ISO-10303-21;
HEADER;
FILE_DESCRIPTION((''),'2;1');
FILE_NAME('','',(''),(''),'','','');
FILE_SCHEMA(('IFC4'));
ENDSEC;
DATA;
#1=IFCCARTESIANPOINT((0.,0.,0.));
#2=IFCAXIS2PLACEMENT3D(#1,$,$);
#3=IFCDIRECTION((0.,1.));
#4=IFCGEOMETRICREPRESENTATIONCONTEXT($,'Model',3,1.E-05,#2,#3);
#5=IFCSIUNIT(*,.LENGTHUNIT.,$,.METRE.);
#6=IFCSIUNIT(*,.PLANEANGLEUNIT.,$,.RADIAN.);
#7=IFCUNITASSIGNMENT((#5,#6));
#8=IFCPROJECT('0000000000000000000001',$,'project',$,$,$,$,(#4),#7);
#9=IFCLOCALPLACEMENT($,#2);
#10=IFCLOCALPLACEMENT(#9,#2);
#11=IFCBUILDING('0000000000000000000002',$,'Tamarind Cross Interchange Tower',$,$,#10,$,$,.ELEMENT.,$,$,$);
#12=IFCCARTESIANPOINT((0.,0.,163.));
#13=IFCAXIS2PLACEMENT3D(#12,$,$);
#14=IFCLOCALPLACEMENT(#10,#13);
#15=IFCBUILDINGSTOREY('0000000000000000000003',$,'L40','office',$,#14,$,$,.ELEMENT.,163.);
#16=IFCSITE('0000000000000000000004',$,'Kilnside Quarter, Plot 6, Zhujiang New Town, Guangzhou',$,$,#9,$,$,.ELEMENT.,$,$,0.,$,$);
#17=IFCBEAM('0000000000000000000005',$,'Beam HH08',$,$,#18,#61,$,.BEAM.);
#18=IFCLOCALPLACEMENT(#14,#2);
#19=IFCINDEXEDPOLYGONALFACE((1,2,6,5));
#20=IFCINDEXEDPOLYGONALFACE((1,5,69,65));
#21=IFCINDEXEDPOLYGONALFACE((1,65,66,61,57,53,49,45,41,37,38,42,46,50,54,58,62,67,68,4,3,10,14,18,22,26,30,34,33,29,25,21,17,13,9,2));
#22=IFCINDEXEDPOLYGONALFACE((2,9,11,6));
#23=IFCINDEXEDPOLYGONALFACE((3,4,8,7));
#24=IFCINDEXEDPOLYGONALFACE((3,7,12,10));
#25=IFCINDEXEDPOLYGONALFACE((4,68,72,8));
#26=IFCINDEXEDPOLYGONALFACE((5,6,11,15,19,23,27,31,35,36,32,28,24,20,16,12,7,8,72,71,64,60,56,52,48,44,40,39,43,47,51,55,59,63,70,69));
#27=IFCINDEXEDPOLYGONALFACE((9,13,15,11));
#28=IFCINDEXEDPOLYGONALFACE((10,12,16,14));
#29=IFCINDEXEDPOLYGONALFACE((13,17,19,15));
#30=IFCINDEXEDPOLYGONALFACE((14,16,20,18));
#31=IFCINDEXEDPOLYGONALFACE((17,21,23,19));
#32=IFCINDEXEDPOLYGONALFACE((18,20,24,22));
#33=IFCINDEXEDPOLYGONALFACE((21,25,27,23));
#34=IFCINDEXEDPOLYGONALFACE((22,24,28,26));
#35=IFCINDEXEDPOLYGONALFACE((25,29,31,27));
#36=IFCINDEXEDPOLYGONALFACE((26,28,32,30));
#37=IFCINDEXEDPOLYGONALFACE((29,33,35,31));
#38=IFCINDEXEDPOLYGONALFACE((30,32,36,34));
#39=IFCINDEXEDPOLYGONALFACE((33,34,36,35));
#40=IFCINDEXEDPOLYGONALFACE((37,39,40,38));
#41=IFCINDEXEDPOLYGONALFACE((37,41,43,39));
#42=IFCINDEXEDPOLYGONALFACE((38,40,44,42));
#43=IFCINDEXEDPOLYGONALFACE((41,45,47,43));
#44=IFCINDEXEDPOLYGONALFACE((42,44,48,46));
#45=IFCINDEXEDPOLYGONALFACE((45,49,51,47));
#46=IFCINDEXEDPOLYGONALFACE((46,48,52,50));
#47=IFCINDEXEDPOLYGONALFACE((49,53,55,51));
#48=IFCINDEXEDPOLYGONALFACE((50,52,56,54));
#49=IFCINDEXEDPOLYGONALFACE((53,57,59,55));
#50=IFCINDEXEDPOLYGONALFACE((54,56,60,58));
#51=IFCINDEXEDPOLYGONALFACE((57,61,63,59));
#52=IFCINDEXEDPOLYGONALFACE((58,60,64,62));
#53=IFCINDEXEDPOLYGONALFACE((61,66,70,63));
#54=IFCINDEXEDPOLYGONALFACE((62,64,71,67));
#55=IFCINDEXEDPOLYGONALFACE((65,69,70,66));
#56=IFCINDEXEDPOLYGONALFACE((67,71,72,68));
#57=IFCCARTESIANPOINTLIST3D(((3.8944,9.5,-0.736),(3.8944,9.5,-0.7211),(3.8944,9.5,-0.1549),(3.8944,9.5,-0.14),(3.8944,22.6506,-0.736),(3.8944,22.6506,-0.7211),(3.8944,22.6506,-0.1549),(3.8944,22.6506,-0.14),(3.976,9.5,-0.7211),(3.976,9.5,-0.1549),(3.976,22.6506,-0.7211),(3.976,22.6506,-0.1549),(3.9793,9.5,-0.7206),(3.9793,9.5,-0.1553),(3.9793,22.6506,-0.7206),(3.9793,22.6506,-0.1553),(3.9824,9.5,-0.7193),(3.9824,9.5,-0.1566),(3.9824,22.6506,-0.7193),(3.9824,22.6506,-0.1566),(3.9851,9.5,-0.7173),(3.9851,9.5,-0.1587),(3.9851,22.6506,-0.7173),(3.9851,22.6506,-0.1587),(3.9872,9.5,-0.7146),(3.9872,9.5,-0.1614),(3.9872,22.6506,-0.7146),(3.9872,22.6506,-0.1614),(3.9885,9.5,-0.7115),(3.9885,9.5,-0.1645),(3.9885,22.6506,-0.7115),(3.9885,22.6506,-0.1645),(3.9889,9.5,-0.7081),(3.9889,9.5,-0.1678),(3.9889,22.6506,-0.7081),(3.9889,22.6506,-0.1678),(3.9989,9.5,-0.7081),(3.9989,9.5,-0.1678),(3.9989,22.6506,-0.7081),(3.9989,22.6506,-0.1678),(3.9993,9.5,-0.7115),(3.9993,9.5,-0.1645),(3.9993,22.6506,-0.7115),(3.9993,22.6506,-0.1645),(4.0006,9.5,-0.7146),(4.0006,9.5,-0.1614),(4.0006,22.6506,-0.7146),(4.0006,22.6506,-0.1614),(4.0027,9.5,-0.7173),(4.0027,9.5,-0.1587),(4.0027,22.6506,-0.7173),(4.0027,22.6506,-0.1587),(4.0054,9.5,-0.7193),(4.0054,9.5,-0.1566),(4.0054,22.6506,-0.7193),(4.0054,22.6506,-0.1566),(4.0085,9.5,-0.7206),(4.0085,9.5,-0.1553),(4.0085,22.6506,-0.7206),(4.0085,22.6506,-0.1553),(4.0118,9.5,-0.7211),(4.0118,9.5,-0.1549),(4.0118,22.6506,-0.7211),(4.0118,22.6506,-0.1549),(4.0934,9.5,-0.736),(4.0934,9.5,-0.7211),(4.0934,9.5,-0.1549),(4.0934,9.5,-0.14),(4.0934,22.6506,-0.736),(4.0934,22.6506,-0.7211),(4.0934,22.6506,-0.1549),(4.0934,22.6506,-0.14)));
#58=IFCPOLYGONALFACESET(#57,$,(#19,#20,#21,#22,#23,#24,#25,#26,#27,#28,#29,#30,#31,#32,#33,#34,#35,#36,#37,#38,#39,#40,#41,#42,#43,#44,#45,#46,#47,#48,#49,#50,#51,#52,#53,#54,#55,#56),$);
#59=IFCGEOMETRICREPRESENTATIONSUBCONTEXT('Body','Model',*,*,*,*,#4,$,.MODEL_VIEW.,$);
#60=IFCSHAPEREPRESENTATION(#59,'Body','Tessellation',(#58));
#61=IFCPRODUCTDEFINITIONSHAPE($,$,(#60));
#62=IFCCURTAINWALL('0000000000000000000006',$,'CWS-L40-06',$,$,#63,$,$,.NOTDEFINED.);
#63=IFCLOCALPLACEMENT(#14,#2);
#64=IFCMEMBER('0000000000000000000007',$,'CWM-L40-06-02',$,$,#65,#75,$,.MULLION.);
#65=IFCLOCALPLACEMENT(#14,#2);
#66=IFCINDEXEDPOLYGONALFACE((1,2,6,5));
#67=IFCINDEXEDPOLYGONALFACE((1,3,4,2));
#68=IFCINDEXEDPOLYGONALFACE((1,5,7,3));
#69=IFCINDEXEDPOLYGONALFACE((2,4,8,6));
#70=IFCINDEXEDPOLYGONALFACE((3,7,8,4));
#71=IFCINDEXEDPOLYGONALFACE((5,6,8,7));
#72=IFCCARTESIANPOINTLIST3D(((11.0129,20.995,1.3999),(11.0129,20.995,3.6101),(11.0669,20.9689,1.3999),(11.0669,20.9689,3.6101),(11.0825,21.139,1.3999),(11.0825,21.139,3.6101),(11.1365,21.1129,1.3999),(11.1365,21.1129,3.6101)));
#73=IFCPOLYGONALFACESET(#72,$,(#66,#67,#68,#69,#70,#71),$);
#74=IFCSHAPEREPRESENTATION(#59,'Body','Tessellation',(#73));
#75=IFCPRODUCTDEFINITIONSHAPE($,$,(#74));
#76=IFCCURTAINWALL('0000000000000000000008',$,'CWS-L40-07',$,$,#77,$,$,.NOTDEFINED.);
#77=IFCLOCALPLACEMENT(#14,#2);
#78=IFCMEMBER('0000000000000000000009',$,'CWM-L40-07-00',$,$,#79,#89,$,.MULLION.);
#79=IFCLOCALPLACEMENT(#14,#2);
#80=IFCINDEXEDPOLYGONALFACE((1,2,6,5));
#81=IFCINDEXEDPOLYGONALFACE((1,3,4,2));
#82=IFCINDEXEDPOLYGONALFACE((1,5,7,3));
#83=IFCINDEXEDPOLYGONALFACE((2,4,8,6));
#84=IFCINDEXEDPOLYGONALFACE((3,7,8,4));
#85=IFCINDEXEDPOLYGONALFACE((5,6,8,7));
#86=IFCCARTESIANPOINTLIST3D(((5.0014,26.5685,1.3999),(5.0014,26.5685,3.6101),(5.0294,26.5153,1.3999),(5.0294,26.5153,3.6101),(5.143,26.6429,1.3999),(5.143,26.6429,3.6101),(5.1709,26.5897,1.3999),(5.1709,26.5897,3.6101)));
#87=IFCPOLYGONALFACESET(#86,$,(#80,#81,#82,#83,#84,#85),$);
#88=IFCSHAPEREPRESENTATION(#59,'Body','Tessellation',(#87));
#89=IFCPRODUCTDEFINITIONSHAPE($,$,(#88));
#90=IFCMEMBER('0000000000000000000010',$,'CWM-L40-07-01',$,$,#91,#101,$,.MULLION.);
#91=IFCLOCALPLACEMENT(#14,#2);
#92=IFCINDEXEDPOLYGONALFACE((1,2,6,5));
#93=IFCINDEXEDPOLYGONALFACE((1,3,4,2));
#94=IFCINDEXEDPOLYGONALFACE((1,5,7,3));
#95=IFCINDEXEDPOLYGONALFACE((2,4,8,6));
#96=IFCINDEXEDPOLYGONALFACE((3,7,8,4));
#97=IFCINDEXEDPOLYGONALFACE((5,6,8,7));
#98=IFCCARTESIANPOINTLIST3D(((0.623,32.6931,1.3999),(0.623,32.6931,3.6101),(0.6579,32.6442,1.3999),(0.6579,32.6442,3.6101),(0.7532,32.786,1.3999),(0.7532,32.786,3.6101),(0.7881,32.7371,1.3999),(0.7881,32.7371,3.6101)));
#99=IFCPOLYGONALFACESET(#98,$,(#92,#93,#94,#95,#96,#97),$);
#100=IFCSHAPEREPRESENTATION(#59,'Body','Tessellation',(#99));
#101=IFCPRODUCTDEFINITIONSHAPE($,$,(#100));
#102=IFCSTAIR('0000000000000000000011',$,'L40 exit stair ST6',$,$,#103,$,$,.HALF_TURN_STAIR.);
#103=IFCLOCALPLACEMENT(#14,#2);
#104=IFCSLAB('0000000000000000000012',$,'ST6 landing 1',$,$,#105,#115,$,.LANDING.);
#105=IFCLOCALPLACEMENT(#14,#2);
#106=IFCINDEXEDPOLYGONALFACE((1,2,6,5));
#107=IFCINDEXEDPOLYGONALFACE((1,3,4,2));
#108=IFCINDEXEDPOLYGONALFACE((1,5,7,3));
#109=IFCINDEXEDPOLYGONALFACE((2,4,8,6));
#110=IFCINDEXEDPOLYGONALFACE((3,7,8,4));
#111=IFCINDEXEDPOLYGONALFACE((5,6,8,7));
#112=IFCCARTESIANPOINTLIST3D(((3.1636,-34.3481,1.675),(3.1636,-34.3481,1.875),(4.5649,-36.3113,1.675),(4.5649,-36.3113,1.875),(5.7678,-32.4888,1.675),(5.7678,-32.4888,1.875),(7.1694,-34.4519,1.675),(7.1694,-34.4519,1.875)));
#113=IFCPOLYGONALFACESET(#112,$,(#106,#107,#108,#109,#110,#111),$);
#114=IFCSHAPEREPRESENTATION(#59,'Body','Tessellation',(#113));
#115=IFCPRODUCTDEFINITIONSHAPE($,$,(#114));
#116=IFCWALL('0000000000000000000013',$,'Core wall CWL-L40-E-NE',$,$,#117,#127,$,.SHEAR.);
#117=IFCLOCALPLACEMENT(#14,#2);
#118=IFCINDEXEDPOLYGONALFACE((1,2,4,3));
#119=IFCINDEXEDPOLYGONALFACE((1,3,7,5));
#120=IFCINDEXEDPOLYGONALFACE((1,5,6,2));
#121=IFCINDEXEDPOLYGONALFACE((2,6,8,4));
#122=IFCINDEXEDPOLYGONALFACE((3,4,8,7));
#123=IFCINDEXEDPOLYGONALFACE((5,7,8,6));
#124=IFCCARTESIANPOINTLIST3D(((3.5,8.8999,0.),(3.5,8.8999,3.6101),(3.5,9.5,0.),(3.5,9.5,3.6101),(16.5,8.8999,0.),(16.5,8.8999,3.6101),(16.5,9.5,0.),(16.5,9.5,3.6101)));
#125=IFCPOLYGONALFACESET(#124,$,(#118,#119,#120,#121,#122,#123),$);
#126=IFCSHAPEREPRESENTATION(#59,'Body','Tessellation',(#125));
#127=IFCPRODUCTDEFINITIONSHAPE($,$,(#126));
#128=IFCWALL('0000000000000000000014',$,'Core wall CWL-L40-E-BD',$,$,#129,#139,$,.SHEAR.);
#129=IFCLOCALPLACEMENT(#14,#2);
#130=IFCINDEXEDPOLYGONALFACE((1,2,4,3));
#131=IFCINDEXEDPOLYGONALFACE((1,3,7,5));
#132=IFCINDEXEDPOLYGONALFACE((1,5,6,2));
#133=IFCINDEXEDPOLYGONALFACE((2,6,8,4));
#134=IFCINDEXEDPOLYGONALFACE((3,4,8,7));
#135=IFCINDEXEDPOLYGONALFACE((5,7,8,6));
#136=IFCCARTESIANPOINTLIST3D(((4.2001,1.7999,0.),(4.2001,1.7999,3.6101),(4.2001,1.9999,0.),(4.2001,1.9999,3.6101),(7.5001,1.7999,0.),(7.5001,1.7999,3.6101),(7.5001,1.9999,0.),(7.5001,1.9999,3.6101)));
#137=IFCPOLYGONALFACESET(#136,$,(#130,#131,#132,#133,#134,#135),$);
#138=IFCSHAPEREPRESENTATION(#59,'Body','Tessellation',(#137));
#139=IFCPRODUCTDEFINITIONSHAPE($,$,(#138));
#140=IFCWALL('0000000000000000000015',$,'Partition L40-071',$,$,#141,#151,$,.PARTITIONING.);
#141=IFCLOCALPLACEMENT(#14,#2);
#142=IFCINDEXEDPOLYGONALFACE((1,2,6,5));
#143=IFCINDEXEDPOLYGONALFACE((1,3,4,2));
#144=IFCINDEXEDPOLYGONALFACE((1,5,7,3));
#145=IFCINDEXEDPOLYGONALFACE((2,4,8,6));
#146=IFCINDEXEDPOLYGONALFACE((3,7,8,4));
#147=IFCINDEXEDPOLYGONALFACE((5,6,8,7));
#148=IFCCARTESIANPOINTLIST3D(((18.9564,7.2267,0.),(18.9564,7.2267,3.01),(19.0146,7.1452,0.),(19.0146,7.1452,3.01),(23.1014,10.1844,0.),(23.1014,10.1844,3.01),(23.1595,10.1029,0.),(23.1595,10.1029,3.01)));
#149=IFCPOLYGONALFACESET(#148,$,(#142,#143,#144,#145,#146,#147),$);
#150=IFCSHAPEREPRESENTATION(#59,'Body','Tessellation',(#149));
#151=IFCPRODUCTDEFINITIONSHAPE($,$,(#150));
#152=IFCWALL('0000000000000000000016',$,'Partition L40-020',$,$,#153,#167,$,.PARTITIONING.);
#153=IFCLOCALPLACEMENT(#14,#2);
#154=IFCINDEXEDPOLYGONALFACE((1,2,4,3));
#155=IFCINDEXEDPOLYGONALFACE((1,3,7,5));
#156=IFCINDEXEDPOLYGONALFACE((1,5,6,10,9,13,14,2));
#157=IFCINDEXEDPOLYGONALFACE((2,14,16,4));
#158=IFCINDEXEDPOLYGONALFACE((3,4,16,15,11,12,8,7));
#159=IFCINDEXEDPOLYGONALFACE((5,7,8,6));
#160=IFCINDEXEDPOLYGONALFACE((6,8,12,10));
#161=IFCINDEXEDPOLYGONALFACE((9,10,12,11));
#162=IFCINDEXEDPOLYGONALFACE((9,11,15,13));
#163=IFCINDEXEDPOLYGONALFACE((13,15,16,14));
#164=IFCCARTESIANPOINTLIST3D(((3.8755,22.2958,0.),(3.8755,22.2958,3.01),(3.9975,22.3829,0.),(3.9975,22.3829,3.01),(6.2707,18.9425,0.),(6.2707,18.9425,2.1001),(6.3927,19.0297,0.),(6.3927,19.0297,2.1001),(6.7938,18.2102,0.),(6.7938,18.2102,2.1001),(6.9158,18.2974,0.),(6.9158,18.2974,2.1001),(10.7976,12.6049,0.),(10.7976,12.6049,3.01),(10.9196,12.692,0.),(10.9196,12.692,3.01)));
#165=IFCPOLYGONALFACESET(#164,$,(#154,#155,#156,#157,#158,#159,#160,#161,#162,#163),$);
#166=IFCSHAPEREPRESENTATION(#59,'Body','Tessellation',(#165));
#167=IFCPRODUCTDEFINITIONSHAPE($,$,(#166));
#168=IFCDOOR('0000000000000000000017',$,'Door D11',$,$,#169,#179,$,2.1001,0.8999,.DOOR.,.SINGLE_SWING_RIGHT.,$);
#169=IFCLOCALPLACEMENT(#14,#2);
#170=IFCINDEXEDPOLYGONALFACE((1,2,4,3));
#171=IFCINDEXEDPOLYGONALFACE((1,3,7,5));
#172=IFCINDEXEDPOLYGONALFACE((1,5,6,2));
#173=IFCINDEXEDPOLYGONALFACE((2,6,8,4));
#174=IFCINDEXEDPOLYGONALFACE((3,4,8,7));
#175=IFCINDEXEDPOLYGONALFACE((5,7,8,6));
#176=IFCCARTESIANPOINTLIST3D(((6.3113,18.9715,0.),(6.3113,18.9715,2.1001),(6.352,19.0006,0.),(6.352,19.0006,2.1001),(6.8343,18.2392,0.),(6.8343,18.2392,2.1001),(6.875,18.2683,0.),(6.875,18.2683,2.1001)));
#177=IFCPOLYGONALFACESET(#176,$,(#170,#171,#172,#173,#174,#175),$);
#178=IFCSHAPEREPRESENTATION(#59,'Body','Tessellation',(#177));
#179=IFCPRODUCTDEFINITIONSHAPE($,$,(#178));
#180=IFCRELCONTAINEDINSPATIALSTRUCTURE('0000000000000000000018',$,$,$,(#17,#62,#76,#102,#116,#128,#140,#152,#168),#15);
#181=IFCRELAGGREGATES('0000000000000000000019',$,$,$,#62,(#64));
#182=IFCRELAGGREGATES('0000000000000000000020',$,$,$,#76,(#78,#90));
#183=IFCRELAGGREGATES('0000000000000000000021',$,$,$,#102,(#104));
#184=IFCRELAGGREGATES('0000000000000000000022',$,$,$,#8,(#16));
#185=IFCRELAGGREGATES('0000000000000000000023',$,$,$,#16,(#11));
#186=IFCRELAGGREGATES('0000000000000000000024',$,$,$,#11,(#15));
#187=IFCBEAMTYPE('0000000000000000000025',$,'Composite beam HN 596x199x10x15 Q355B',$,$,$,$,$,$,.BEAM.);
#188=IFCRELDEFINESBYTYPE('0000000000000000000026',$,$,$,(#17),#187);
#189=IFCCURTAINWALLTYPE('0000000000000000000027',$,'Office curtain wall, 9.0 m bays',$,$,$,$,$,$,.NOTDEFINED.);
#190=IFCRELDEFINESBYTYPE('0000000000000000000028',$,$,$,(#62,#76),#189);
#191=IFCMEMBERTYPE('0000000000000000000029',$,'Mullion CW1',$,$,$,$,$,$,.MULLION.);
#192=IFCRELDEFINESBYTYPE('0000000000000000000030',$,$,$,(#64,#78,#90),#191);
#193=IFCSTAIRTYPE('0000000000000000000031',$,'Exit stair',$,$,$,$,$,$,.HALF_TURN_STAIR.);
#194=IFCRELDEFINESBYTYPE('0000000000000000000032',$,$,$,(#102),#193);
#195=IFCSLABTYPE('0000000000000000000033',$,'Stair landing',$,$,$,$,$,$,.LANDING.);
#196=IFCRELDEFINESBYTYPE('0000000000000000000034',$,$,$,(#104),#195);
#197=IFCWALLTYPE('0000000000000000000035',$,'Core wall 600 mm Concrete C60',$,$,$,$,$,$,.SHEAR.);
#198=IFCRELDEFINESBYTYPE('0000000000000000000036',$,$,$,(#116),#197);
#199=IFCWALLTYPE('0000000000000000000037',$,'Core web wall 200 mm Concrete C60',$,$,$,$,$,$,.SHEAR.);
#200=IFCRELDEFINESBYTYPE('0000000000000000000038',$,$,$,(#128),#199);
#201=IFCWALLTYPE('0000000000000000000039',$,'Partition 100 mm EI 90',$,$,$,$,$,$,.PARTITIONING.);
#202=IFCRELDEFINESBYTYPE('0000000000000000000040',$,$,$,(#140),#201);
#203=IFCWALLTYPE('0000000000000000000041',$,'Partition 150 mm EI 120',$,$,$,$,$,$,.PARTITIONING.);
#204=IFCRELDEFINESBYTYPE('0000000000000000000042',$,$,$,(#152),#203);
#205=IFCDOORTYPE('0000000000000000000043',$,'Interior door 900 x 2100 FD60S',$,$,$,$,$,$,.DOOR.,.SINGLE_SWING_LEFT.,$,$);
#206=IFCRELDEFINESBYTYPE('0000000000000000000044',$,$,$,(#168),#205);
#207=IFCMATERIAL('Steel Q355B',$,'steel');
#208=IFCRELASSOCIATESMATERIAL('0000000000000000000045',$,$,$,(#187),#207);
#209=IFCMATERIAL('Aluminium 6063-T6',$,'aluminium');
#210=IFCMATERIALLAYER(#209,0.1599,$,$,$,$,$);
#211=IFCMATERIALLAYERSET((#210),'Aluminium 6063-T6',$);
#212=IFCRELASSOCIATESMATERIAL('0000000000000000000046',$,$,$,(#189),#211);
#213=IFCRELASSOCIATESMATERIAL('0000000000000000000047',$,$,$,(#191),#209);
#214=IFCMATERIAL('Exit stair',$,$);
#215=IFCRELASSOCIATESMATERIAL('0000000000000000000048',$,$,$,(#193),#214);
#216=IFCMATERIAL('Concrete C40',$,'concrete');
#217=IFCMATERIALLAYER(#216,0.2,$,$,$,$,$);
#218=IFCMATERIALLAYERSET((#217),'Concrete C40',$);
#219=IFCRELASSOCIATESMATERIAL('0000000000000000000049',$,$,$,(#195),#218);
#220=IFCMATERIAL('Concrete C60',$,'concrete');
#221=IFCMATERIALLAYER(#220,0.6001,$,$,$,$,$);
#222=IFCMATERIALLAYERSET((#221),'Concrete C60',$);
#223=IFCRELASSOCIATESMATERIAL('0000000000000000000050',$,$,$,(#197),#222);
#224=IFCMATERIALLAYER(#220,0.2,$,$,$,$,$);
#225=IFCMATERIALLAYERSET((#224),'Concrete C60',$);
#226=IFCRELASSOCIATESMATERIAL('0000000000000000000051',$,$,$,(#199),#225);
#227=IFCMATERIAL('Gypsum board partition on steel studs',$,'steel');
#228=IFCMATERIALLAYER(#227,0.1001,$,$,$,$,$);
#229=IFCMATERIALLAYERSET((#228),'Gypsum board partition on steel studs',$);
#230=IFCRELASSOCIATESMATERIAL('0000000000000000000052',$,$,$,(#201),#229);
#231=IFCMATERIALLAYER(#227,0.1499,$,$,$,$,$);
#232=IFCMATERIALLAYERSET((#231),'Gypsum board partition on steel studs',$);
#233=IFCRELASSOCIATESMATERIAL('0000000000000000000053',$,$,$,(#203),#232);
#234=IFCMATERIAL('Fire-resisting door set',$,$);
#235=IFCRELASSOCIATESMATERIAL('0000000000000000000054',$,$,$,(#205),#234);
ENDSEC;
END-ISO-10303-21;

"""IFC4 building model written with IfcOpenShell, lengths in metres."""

from ifc_helpers import new_model, si_unit, direction, frame, frame_2d, origin, origin_2d, place, context, subcontext, project, spatial, polyline, rectangle, i_section, outline, extrude, material, layer, layer_set, material_profile, profile_set, type_object, element, fill, aggregate, save


model = new_model("IFC4")

# Units and contexts
model_context = context("Model", 3, precision=1e-05, world=origin(), true_north=direction((0.0, 1.0)))
body_context = subcontext(model_context, "Body", "Model", "MODEL_VIEW")
ifc_project = project(units=[si_unit("LENGTHUNIT", "METRE"), si_unit("PLANEANGLEUNIT", "RADIAN")], contexts=[model_context])

# Site, building, storey
site_placement = place(None, origin())
site = spatial("IfcSite", under=ifc_project, at=site_placement, Name="Kilnside Quarter, Plot 6, Zhujiang New Town, Guangzhou", CompositionType="ELEMENT", RefElevation=0.0)
building_placement = place(site_placement, origin())
building = spatial("IfcBuilding", under=site, at=building_placement, Name="Tamarind Cross Interchange Tower", CompositionType="ELEMENT")
storey_placement = place(building_placement, frame((0.0, 0.0, 163.0)))
storey = spatial("IfcBuildingStorey", under=building, at=storey_placement, Name="L40", Description="office", CompositionType="ELEMENT", Elevation=163.0)

# Shared definitions
ifc_material_1 = material(Name="Concrete C60", Category="concrete")

# Beam
ifc_material_2 = material(Name="Steel Q355B", Category="steel")
ifc_material_profile_1 = material_profile(ifc_material_2, i_section(OverallWidth=0.199, OverallDepth=0.5959, WebThickness=0.01, FlangeThickness=0.0149, FilletRadius=0.0129, at=origin_2d()), Name="HN 596x199x10x15")
ifc_profile_set_1 = profile_set([ifc_material_profile_1], Name="Steel Q355B")
beam_type = type_object("IfcBeamType", Name="Composite beam HN 596x199x10x15 Q355B", PredefinedType="BEAM", material=ifc_profile_set_1)
beam_1_placement = place(storey_placement, frame((3.9939, 22.6506, -0.438), z_axis=(0.0, -1.0, 0.0), x_axis=(1.0, 0.0, 0.0)))
element("IfcBeam", 1, at=beam_1_placement, inside=storey, type_object=beam_type, Name="Beam HH08", PredefinedType="BEAM", context=body_context, shape_type="SweptSolid", body=[
    extrude(i_section(OverallWidth=0.199, OverallDepth=0.5959, WebThickness=0.01, FlangeThickness=0.0149, FilletRadius=0.0129, at=origin_2d()), origin(), (0.0, 0.0, 1.0), 13.1506),
])

# Curtain wall, member
ifc_material_3 = material(Name="Aluminium 6063-T6", Category="aluminium")
ifc_layer_1 = layer(ifc_material_3, 0.1599)
ifc_layer_set_1 = layer_set([ifc_layer_1], Name="Aluminium 6063-T6")
curtain_wall_type = type_object("IfcCurtainWallType", Name="Office curtain wall, 9.0 m bays", PredefinedType="NOTDEFINED", material=ifc_layer_set_1)
curtain_wall_1_placement = place(storey_placement, origin())
curtain_wall_1 = element("IfcCurtainWall", 2, at=curtain_wall_1_placement, inside=storey, type_object=curtain_wall_type, Name="CWS-L40-06", PredefinedType="NOTDEFINED")
ifc_material_profile_2 = material_profile(ifc_material_3, rectangle(XDim=0.0601, YDim=0.1599, at=origin_2d()), Name="Mullion CW1")
ifc_profile_set_2 = profile_set([ifc_material_profile_2], Name="Aluminium 6063-T6")
member_type = type_object("IfcMemberType", Name="Mullion CW1", PredefinedType="MULLION", material=ifc_profile_set_2)
member_1_placement = place(storey_placement, frame((11.0747, 21.054, 1.3999), z_axis=(0.0, 0.0, 1.0), x_axis=(-0.900273, 0.435326, 0.0)))
member_1 = element("IfcMember", 3, at=member_1_placement, type_object=member_type, Name="CWM-L40-06-02", PredefinedType="MULLION", context=body_context, shape_type="SweptSolid", body=[
    extrude(rectangle(XDim=0.0601, YDim=0.1599, at=origin_2d()), origin(), (0.0, 0.0, 1.0), 2.2102),
])
aggregate(curtain_wall_1, [member_1])

# Curtain wall, members
curtain_wall_2_placement = place(storey_placement, origin())
curtain_wall_2 = element("IfcCurtainWall", 4, at=curtain_wall_2_placement, inside=storey, type_object=curtain_wall_type, Name="CWS-L40-07", PredefinedType="NOTDEFINED")
member_2_placement = place(storey_placement, frame((5.0862, 26.5791, 1.3999), z_axis=(0.0, 0.0, 1.0), x_axis=(-0.465264, 0.885172, 0.0)))
member_2 = element("IfcMember", 5, at=member_2_placement, type_object=member_type, Name="CWM-L40-07-00", PredefinedType="MULLION", context=body_context, shape_type="SweptSolid", body=[
    extrude(rectangle(XDim=0.0601, YDim=0.1599, at=origin_2d()), origin(), (0.0, 0.0, 1.0), 2.2102),
])
member_3_placement = place(storey_placement, frame((0.7056, 32.7151, 1.3999), z_axis=(0.0, 0.0, 1.0), x_axis=(-0.581033, 0.81388, 0.0)))
member_3 = element("IfcMember", 6, at=member_3_placement, type_object=member_type, Name="CWM-L40-07-01", PredefinedType="MULLION", context=body_context, shape_type="SweptSolid", body=[
    extrude(rectangle(XDim=0.0601, YDim=0.1599, at=origin_2d()), origin(), (0.0, 0.0, 1.0), 2.2102),
])
aggregate(curtain_wall_2, [member_2, member_3])

# Stair, slab
ifc_material_4 = material(Name="Exit stair")
stair_type = type_object("IfcStairType", Name="Exit stair", PredefinedType="HALF_TURN_STAIR", material=ifc_material_4)
stair_placement = place(storey_placement, origin())
stair = element("IfcStair", 7, at=stair_placement, inside=storey, type_object=stair_type, Name="L40 exit stair ST6", PredefinedType="HALF_TURN_STAIR")
ifc_material_5 = material(Name="Concrete C40", Category="concrete")
ifc_layer_2 = layer(ifc_material_5, 0.2)
ifc_layer_set_2 = layer_set([ifc_layer_2], Name="Concrete C40")
slab_type = type_object("IfcSlabType", Name="Stair landing", PredefinedType="LANDING", material=ifc_layer_set_2)
slab_placement = place(storey_placement, frame((0.0, 0.0, 1.675)))
slab = element("IfcSlab", 8, at=slab_placement, type_object=slab_type, Name="ST6 landing 1", PredefinedType="LANDING", context=body_context, shape_type="SweptSolid", body=[
    extrude(outline(polyline([(3.1636, -34.3481), (4.5649, -36.3113), (7.1694, -34.4519), (5.7678, -32.4888), (3.1636, -34.3481)])), origin(), (0.0, 0.0, 1.0), 0.2),
])
aggregate(stair, [slab])

# Walls
ifc_layer_3 = layer(ifc_material_1, 0.6001)
ifc_layer_set_3 = layer_set([ifc_layer_3], Name="Concrete C60")
wall_type_1 = type_object("IfcWallType", Name="Core wall 600 mm Concrete C60", PredefinedType="SHEAR", material=ifc_layer_set_3)
wall_1_placement = place(storey_placement, frame((16.5, 9.2, 0.0), z_axis=(0.0, 0.0, 1.0), x_axis=(-1.0, 0.0, 0.0)))
element("IfcWall", 9, at=wall_1_placement, inside=storey, type_object=wall_type_1, Name="Core wall CWL-L40-E-NE", PredefinedType="SHEAR", context=body_context, shape_type="SweptSolid", body=[
    extrude(rectangle(XDim=13.0, YDim=0.6001, at=frame_2d((6.5, 0.0))), origin(), (0.0, 0.0, 1.0), 3.6101),
])
ifc_layer_4 = layer(ifc_material_1, 0.2)
ifc_layer_set_4 = layer_set([ifc_layer_4], Name="Concrete C60")
wall_type_2 = type_object("IfcWallType", Name="Core web wall 200 mm Concrete C60", PredefinedType="SHEAR", material=ifc_layer_set_4)
wall_2_placement = place(storey_placement, frame((7.5, 1.8999, 0.0), z_axis=(0.0, 0.0, 1.0), x_axis=(-1.0, 0.0, 0.0)))
element("IfcWall", 10, at=wall_2_placement, inside=storey, type_object=wall_type_2, Name="Core wall CWL-L40-E-BD", PredefinedType="SHEAR", context=body_context, shape_type="SweptSolid", body=[
    extrude(rectangle(XDim=3.3, YDim=0.2, at=frame_2d((1.6499, 0.0))), origin(), (0.0, 0.0, 1.0), 3.6101),
])
ifc_material_6 = material(Name="Gypsum board partition on steel studs", Category="steel")
ifc_layer_5 = layer(ifc_material_6, 0.1001)
ifc_layer_set_5 = layer_set([ifc_layer_5], Name="Gypsum board partition on steel studs")
wall_type_3 = type_object("IfcWallType", Name="Partition 100 mm EI 90", PredefinedType="PARTITIONING", material=ifc_layer_set_5)
wall_3_placement = place(storey_placement, frame((18.9856, 7.186, 0.0), z_axis=(0.0, 0.0, 1.0), x_axis=(0.814009, 0.580853, 0.0)))
element("IfcWall", 11, at=wall_3_placement, inside=storey, type_object=wall_type_3, Name="Partition L40-071", PredefinedType="PARTITIONING", context=body_context, shape_type="SweptSolid", body=[
    extrude(rectangle(XDim=5.092, YDim=0.1001, at=frame_2d((2.5459, 0.0))), origin(), (0.0, 0.0, 1.0), 3.01),
])

# Wall, opening, door
ifc_layer_6 = layer(ifc_material_6, 0.1499)
ifc_layer_set_6 = layer_set([ifc_layer_6], Name="Gypsum board partition on steel studs")
wall_type_4 = type_object("IfcWallType", Name="Partition 150 mm EI 120", PredefinedType="PARTITIONING", material=ifc_layer_set_6)
wall_4_placement = place(storey_placement, frame((3.9365, 22.3394, 0.0), z_axis=(0.0, 0.0, 1.0), x_axis=(0.58124, -0.813732, 0.0)))
wall_4 = element("IfcWall", 12, at=wall_4_placement, inside=storey, type_object=wall_type_4, Name="Partition L40-020", PredefinedType="PARTITIONING", context=body_context, shape_type="SweptSolid", body=[
    extrude(rectangle(XDim=11.9092, YDim=0.1499, at=frame_2d((5.9546, 0.0))), origin(), (0.0, 0.0, 1.0), 3.01),
])
opening_1_placement = place(wall_4_placement, frame((4.1208, 0.0, 0.0)))
opening_1 = element("IfcOpeningElement", 13, at=opening_1_placement, cuts=wall_4, PredefinedType="OPENING", context=body_context, shape_type="SweptSolid", body=[
    extrude(rectangle(XDim=0.8999, YDim=2.1001, at=frame_2d((0.45, 1.05))), frame((0.0, 0.085, 0.0), z_axis=(0.0, -1.0, 0.0), x_axis=(1.0, 0.0, 0.0)), (0.0, 0.0, 1.0), 0.1699),
])
ifc_material_7 = material(Name="Fire-resisting door set")
door_type_1 = type_object("IfcDoorType", Name="Interior door 900 x 2100 FD60S", OperationType="SINGLE_SWING_LEFT", PredefinedType="DOOR", material=ifc_material_7)
door_1_placement = place(opening_1_placement, origin())
door_1 = element("IfcDoor", 14, at=door_1_placement, inside=storey, type_object=door_type_1, Name="Door D11", OperationType="SINGLE_SWING_RIGHT", OverallHeight=2.1001, OverallWidth=0.8999, PredefinedType="DOOR", context=body_context, shape_type="SweptSolid", body=[
    extrude(rectangle(XDim=0.8999, YDim=2.1001, at=frame_2d((0.45, 1.05))), frame((0.0, 0.0249, 0.0), z_axis=(0.0, -1.0, 0.0), x_axis=(1.0, 0.0, 0.0)), (0.0, 0.0, 1.0), 0.05),
])
fill(opening_1, door_1)

save(model, "model.ifc")
